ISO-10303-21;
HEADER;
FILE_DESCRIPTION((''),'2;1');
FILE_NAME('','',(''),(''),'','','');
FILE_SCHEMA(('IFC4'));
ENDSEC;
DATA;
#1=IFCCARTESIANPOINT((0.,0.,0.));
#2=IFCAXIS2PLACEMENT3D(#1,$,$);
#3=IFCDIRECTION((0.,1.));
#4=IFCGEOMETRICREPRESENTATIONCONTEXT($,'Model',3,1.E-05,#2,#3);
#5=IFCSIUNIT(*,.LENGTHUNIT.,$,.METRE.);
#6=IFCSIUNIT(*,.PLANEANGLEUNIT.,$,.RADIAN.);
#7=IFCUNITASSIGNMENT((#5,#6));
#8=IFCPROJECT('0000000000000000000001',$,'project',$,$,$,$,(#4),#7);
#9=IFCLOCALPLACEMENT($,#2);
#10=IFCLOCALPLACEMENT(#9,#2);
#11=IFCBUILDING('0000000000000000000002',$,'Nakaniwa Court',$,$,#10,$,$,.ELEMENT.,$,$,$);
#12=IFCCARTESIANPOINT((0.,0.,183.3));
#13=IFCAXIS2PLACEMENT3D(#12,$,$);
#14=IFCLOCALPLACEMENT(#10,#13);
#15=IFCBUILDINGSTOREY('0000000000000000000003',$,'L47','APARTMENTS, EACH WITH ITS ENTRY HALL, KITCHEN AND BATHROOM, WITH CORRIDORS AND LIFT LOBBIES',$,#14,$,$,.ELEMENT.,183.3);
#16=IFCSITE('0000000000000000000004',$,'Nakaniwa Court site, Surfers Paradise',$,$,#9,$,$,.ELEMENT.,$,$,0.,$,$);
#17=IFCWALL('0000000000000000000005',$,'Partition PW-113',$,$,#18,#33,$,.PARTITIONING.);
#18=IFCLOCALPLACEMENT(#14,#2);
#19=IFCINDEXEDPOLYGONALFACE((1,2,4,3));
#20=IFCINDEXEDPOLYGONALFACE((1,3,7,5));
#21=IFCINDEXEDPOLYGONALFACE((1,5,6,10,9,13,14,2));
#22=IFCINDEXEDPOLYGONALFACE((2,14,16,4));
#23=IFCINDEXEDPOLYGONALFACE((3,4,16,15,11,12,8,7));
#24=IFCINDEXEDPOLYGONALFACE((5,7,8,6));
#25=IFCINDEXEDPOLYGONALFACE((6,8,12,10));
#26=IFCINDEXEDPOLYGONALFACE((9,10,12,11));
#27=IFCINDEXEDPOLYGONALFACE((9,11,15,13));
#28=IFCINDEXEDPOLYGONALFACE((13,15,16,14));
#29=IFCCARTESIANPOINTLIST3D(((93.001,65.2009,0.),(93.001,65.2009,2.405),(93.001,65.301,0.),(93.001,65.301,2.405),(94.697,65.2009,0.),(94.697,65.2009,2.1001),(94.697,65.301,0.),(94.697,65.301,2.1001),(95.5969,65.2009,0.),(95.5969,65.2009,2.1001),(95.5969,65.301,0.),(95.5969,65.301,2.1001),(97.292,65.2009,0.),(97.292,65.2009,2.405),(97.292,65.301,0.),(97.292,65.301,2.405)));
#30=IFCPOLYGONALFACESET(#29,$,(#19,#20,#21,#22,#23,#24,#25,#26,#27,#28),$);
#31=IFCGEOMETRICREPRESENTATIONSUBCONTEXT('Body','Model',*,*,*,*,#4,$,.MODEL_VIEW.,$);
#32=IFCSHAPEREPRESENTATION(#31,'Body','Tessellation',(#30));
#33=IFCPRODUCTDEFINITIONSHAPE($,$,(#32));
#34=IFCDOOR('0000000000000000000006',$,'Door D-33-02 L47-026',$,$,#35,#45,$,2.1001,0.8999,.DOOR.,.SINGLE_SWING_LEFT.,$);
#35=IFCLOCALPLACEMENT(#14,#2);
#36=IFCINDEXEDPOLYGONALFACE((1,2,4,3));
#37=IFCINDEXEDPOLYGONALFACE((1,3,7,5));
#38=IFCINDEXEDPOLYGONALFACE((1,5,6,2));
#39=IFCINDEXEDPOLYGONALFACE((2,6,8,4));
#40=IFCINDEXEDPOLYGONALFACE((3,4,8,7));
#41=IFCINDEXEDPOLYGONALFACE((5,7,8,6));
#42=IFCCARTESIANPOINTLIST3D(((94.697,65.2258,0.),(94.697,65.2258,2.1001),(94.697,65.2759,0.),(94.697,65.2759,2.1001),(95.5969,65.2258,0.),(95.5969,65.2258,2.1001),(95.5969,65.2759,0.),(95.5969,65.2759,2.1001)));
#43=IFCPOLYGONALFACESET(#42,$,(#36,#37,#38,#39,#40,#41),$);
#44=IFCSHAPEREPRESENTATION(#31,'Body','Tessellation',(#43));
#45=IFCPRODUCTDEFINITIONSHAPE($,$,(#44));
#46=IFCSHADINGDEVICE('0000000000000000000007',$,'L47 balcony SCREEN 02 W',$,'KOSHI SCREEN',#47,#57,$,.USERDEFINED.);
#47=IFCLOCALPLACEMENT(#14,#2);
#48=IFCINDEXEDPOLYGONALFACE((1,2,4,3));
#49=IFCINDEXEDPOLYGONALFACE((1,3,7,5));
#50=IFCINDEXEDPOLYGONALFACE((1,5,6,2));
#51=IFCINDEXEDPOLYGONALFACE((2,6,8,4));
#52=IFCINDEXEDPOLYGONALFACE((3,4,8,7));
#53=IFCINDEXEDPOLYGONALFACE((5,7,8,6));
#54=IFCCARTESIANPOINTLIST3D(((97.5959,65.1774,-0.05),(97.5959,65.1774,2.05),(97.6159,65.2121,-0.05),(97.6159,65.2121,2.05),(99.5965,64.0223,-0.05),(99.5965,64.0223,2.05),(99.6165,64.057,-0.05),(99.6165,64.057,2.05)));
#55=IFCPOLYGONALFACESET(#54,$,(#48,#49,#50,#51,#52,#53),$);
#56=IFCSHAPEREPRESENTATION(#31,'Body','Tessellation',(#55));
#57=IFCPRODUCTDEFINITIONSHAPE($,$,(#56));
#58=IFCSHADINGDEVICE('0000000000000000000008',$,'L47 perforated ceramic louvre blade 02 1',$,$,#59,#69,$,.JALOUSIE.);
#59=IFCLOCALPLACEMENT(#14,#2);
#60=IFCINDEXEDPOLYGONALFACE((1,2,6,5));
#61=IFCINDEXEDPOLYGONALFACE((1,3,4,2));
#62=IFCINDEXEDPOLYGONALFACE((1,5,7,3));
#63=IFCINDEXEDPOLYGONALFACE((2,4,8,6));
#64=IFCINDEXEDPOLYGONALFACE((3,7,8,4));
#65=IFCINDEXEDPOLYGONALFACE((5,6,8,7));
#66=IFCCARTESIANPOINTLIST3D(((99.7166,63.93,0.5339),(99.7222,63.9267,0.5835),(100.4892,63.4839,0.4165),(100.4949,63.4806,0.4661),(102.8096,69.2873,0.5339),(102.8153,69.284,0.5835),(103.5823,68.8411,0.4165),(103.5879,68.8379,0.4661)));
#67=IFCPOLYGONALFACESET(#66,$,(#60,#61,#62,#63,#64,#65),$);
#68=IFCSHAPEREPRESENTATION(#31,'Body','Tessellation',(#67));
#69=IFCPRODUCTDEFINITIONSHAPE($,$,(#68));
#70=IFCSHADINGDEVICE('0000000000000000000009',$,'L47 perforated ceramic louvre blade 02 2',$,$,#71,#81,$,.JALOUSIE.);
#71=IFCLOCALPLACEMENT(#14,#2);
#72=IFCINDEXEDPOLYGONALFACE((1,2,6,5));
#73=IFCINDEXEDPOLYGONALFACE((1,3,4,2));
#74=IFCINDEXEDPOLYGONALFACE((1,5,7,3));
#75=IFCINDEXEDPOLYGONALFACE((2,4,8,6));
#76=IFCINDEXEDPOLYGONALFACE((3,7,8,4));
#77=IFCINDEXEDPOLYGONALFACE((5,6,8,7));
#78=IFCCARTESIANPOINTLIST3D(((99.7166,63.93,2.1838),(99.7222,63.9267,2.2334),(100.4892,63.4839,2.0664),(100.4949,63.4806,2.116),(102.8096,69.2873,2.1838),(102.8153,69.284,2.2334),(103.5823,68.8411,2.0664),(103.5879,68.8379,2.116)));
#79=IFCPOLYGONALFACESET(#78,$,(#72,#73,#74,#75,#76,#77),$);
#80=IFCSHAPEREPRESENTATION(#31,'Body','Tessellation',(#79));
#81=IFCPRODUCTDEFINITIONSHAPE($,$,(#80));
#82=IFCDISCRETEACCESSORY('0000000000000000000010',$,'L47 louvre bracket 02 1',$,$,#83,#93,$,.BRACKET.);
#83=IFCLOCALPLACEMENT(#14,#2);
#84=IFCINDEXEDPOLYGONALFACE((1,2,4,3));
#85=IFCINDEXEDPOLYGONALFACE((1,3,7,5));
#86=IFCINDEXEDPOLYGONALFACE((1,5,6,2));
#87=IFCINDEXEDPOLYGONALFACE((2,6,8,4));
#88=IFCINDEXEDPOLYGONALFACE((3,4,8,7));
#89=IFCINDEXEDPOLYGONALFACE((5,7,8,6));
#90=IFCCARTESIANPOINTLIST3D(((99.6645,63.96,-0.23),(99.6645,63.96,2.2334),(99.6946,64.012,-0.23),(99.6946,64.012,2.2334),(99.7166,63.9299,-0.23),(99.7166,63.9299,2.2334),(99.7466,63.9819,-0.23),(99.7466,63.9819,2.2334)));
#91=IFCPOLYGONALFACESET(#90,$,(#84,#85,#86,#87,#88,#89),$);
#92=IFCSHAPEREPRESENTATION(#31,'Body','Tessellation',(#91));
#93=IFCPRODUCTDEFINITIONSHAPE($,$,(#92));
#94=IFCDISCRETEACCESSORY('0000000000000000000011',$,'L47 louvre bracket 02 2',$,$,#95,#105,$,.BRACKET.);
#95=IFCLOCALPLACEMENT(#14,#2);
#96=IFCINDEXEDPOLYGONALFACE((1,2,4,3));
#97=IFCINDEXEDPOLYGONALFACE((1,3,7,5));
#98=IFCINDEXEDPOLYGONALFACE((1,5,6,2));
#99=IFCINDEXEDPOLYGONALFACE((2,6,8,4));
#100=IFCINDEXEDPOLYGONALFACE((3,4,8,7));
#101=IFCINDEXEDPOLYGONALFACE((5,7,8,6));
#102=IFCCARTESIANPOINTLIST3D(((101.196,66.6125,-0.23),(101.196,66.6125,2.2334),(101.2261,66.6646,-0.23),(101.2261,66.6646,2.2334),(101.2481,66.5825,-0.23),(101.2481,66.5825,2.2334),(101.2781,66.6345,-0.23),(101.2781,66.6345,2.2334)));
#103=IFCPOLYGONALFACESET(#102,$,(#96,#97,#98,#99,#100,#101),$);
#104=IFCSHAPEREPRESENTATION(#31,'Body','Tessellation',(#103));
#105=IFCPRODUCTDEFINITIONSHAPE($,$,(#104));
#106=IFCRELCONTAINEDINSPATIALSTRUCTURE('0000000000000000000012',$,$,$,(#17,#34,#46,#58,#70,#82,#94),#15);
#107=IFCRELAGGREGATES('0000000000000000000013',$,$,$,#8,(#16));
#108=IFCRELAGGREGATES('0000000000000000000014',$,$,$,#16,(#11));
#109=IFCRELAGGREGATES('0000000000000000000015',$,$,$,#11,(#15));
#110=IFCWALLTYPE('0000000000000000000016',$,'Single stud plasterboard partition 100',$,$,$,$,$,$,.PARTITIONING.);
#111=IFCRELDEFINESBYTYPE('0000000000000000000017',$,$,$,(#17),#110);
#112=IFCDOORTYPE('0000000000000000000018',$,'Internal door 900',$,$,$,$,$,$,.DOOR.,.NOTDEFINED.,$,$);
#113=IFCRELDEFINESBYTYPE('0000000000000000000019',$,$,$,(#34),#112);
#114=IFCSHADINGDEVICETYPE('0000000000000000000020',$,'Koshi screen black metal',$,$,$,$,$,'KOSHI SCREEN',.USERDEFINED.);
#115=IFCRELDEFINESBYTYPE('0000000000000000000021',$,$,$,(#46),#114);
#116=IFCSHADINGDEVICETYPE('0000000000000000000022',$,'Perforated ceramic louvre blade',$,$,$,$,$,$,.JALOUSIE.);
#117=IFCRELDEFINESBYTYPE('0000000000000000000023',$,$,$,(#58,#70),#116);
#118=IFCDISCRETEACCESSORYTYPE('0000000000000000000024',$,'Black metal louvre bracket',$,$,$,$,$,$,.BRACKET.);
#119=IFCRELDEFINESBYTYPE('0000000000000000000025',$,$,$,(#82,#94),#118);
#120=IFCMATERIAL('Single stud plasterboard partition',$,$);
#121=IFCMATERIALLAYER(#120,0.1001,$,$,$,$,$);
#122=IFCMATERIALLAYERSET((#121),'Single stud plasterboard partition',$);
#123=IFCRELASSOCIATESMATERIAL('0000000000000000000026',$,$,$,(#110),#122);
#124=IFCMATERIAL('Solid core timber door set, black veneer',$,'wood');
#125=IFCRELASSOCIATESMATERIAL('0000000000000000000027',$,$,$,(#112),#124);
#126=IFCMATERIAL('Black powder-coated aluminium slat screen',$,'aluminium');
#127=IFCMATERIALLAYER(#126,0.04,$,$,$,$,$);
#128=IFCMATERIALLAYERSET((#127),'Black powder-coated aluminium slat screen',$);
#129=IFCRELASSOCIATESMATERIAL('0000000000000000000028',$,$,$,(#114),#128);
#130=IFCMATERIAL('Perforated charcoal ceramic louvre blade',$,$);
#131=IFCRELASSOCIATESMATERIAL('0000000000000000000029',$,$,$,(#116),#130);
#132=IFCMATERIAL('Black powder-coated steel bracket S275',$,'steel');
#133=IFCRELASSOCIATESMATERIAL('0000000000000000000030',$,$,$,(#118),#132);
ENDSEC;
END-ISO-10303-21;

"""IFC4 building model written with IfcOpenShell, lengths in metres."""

from ifc_helpers import new_model, si_unit, direction, frame, frame_2d, origin, origin_2d, place, context, subcontext, project, spatial, rectangle, extrude, material, layer, layer_set, material_profile, profile_set, type_object, element, fill, save


model = new_model("IFC4")

# Units and contexts
model_context = context("Model", 3, precision=1e-05, world=origin(), true_north=direction((0.0, 1.0)))
body_context = subcontext(model_context, "Body", "Model", "MODEL_VIEW")
ifc_project = project(units=[si_unit("LENGTHUNIT", "METRE"), si_unit("PLANEANGLEUNIT", "RADIAN")], contexts=[model_context])

# Site, building, storey
site_placement = place(None, origin())
site = spatial("IfcSite", under=ifc_project, at=site_placement, Name="Nakaniwa Court site, Surfers Paradise", CompositionType="ELEMENT", RefElevation=0.0)
building_placement = place(site_placement, origin())
building = spatial("IfcBuilding", under=site, at=building_placement, Name="Nakaniwa Court", CompositionType="ELEMENT")
storey_placement = place(building_placement, frame((0.0, 0.0, 183.3)))
storey = spatial("IfcBuildingStorey", under=building, at=storey_placement, Name="L47", Description="APARTMENTS, EACH WITH ITS ENTRY HALL, KITCHEN AND BATHROOM, WITH CORRIDORS AND LIFT LOBBIES", CompositionType="ELEMENT", Elevation=183.3)

# Shared definitions
ifc_material_1 = material(Name="Solid core timber door set, black veneer", Category="wood")

# Wall, opening, door
ifc_material_2 = material(Name="Single stud plasterboard partition")
ifc_layer_1 = layer(ifc_material_2, 0.1001)
ifc_layer_set_1 = layer_set([ifc_layer_1], Name="Single stud plasterboard partition")
wall_type_1 = type_object("IfcWallType", Name="Single stud plasterboard partition 100", PredefinedType="PARTITIONING", material=ifc_layer_set_1)
door_type_1 = type_object("IfcDoorType", Name="Internal door 900", OperationType="NOTDEFINED", PredefinedType="DOOR", material=ifc_material_1)
wall_1_placement = place(storey_placement, frame((93.001, 65.251, 0.0), z_axis=(0.0, 0.0, 1.0), x_axis=(1.0, 0.0, 0.0)))
wall_1 = element("IfcWall", 1, at=wall_1_placement, inside=storey, type_object=wall_type_1, Name="Partition PW-113", PredefinedType="PARTITIONING", context=body_context, shape_type="SweptSolid", body=[
    extrude(rectangle(XDim=4.291, YDim=0.1001, at=frame_2d((2.1455, 0.0))), origin(), (0.0, 0.0, 1.0), 2.405),
])
opening_1_placement = place(wall_1_placement, frame((1.696, 0.0, 0.0)))
opening_1 = element("IfcOpeningElement", 2, at=opening_1_placement, cuts=wall_1, PredefinedType="OPENING", context=body_context, shape_type="SweptSolid", body=[
    extrude(rectangle(XDim=0.8999, YDim=2.1001, at=frame_2d((0.45, 1.05))), frame((0.0, 0.0601, 0.0), z_axis=(0.0, -1.0, 0.0), x_axis=(1.0, 0.0, 0.0)), (0.0, 0.0, 1.0), 0.1201),
])
door_1_placement = place(opening_1_placement, origin())
door_1 = element("IfcDoor", 3, at=door_1_placement, inside=storey, type_object=door_type_1, Name="Door D-33-02 L47-026", OperationType="SINGLE_SWING_LEFT", OverallHeight=2.1001, OverallWidth=0.8999, PredefinedType="DOOR", context=body_context, shape_type="SweptSolid", body=[
    extrude(rectangle(XDim=0.8999, YDim=2.1001, at=frame_2d((0.45, 1.05))), frame((0.0, 0.0249, 0.0), z_axis=(0.0, -1.0, 0.0), x_axis=(1.0, 0.0, 0.0)), (0.0, 0.0, 1.0), 0.05),
])
fill(opening_1, door_1)

# Shading devices
ifc_material_3 = material(Name="Black powder-coated aluminium slat screen", Category="aluminium")
ifc_layer_2 = layer(ifc_material_3, 0.04)
ifc_layer_set_2 = layer_set([ifc_layer_2], Name="Black powder-coated aluminium slat screen")
shading_device_type_1 = type_object("IfcShadingDeviceType", Name="Koshi screen black metal", ElementType="KOSHI SCREEN", PredefinedType="USERDEFINED", material=ifc_layer_set_2)
shading_device_placement = place(storey_placement, frame((98.6062, 64.6172, -0.05), z_axis=(0.0, 0.0, 1.0), x_axis=(0.500017, 0.866016, 0.0)))
element("IfcShadingDevice", 4, at=shading_device_placement, inside=storey, type_object=shading_device_type_1, Name="L47 balcony SCREEN 02 W", ObjectType="KOSHI SCREEN", PredefinedType="USERDEFINED", context=body_context, shape_type="SweptSolid", body=[
    extrude(rectangle(XDim=0.04, YDim=2.3101, at=origin_2d()), origin(), (0.0, 0.0, 1.0), 2.1001),
])
ifc_material_4 = material(Name="Perforated charcoal ceramic louvre blade")
ifc_material_profile_1 = material_profile(ifc_material_4, rectangle(XDim=0.8999, YDim=0.05, at=origin_2d()), Name="Perforated ceramic louvre blade")
ifc_profile_set_1 = profile_set([ifc_material_profile_1], Name="Perforated charcoal ceramic louvre blade")
shading_device_type_2 = type_object("IfcShadingDeviceType", Name="Perforated ceramic louvre blade", PredefinedType="JALOUSIE", material=ifc_profile_set_1)
for number, where, z_axis, x_axis, name in (
    (5, (100.1057, 63.7053, 0.5), (0.500006, 0.866022, 0.0), (-0.858613, 0.495728, 0.130526), "L47 perforated ceramic louvre blade 02 1"),
    (6, (100.1057, 63.7053, 2.1499), (0.500006, 0.866022, 0.0), (-0.858613, 0.495728, 0.130526), "L47 perforated ceramic louvre blade 02 2"),
):
    element("IfcShadingDevice", number, at=place(storey_placement, frame(where, z_axis=z_axis, x_axis=x_axis)), inside=storey, type_object=shading_device_type_2, Name=name, PredefinedType="JALOUSIE", context=body_context, shape_type="SweptSolid", body=[
        extrude(rectangle(XDim=0.8999, YDim=0.05, at=origin_2d()), origin(), (0.0, 0.0, 1.0), 6.186),
    ])

# Discrete accessories
ifc_material_5 = material(Name="Black powder-coated steel bracket S275", Category="steel")
discrete_accessory_type = type_object("IfcDiscreteAccessoryType", Name="Black metal louvre bracket", PredefinedType="BRACKET", material=ifc_material_5)
for number, where, z_axis, x_axis, name in (
    (7, (99.7056, 63.9709, -0.23), (0.0, 0.0, 1.0), (0.500017, 0.866016, 0.0), "L47 louvre bracket 02 1"),
    (8, (101.2371, 66.6235, -0.23), (0.0, 0.0, 1.0), (0.500017, 0.866016, 0.0), "L47 louvre bracket 02 2"),
):
    element("IfcDiscreteAccessory", number, at=place(storey_placement, frame(where, z_axis=z_axis, x_axis=x_axis)), inside=storey, type_object=discrete_accessory_type, Name=name, PredefinedType="BRACKET", context=body_context, shape_type="SweptSolid", body=[
        extrude(rectangle(XDim=0.0601, YDim=0.0601, at=origin_2d()), origin(), (0.0, 0.0, 1.0), 2.4634),
    ])

save(model, "model.ifc")
